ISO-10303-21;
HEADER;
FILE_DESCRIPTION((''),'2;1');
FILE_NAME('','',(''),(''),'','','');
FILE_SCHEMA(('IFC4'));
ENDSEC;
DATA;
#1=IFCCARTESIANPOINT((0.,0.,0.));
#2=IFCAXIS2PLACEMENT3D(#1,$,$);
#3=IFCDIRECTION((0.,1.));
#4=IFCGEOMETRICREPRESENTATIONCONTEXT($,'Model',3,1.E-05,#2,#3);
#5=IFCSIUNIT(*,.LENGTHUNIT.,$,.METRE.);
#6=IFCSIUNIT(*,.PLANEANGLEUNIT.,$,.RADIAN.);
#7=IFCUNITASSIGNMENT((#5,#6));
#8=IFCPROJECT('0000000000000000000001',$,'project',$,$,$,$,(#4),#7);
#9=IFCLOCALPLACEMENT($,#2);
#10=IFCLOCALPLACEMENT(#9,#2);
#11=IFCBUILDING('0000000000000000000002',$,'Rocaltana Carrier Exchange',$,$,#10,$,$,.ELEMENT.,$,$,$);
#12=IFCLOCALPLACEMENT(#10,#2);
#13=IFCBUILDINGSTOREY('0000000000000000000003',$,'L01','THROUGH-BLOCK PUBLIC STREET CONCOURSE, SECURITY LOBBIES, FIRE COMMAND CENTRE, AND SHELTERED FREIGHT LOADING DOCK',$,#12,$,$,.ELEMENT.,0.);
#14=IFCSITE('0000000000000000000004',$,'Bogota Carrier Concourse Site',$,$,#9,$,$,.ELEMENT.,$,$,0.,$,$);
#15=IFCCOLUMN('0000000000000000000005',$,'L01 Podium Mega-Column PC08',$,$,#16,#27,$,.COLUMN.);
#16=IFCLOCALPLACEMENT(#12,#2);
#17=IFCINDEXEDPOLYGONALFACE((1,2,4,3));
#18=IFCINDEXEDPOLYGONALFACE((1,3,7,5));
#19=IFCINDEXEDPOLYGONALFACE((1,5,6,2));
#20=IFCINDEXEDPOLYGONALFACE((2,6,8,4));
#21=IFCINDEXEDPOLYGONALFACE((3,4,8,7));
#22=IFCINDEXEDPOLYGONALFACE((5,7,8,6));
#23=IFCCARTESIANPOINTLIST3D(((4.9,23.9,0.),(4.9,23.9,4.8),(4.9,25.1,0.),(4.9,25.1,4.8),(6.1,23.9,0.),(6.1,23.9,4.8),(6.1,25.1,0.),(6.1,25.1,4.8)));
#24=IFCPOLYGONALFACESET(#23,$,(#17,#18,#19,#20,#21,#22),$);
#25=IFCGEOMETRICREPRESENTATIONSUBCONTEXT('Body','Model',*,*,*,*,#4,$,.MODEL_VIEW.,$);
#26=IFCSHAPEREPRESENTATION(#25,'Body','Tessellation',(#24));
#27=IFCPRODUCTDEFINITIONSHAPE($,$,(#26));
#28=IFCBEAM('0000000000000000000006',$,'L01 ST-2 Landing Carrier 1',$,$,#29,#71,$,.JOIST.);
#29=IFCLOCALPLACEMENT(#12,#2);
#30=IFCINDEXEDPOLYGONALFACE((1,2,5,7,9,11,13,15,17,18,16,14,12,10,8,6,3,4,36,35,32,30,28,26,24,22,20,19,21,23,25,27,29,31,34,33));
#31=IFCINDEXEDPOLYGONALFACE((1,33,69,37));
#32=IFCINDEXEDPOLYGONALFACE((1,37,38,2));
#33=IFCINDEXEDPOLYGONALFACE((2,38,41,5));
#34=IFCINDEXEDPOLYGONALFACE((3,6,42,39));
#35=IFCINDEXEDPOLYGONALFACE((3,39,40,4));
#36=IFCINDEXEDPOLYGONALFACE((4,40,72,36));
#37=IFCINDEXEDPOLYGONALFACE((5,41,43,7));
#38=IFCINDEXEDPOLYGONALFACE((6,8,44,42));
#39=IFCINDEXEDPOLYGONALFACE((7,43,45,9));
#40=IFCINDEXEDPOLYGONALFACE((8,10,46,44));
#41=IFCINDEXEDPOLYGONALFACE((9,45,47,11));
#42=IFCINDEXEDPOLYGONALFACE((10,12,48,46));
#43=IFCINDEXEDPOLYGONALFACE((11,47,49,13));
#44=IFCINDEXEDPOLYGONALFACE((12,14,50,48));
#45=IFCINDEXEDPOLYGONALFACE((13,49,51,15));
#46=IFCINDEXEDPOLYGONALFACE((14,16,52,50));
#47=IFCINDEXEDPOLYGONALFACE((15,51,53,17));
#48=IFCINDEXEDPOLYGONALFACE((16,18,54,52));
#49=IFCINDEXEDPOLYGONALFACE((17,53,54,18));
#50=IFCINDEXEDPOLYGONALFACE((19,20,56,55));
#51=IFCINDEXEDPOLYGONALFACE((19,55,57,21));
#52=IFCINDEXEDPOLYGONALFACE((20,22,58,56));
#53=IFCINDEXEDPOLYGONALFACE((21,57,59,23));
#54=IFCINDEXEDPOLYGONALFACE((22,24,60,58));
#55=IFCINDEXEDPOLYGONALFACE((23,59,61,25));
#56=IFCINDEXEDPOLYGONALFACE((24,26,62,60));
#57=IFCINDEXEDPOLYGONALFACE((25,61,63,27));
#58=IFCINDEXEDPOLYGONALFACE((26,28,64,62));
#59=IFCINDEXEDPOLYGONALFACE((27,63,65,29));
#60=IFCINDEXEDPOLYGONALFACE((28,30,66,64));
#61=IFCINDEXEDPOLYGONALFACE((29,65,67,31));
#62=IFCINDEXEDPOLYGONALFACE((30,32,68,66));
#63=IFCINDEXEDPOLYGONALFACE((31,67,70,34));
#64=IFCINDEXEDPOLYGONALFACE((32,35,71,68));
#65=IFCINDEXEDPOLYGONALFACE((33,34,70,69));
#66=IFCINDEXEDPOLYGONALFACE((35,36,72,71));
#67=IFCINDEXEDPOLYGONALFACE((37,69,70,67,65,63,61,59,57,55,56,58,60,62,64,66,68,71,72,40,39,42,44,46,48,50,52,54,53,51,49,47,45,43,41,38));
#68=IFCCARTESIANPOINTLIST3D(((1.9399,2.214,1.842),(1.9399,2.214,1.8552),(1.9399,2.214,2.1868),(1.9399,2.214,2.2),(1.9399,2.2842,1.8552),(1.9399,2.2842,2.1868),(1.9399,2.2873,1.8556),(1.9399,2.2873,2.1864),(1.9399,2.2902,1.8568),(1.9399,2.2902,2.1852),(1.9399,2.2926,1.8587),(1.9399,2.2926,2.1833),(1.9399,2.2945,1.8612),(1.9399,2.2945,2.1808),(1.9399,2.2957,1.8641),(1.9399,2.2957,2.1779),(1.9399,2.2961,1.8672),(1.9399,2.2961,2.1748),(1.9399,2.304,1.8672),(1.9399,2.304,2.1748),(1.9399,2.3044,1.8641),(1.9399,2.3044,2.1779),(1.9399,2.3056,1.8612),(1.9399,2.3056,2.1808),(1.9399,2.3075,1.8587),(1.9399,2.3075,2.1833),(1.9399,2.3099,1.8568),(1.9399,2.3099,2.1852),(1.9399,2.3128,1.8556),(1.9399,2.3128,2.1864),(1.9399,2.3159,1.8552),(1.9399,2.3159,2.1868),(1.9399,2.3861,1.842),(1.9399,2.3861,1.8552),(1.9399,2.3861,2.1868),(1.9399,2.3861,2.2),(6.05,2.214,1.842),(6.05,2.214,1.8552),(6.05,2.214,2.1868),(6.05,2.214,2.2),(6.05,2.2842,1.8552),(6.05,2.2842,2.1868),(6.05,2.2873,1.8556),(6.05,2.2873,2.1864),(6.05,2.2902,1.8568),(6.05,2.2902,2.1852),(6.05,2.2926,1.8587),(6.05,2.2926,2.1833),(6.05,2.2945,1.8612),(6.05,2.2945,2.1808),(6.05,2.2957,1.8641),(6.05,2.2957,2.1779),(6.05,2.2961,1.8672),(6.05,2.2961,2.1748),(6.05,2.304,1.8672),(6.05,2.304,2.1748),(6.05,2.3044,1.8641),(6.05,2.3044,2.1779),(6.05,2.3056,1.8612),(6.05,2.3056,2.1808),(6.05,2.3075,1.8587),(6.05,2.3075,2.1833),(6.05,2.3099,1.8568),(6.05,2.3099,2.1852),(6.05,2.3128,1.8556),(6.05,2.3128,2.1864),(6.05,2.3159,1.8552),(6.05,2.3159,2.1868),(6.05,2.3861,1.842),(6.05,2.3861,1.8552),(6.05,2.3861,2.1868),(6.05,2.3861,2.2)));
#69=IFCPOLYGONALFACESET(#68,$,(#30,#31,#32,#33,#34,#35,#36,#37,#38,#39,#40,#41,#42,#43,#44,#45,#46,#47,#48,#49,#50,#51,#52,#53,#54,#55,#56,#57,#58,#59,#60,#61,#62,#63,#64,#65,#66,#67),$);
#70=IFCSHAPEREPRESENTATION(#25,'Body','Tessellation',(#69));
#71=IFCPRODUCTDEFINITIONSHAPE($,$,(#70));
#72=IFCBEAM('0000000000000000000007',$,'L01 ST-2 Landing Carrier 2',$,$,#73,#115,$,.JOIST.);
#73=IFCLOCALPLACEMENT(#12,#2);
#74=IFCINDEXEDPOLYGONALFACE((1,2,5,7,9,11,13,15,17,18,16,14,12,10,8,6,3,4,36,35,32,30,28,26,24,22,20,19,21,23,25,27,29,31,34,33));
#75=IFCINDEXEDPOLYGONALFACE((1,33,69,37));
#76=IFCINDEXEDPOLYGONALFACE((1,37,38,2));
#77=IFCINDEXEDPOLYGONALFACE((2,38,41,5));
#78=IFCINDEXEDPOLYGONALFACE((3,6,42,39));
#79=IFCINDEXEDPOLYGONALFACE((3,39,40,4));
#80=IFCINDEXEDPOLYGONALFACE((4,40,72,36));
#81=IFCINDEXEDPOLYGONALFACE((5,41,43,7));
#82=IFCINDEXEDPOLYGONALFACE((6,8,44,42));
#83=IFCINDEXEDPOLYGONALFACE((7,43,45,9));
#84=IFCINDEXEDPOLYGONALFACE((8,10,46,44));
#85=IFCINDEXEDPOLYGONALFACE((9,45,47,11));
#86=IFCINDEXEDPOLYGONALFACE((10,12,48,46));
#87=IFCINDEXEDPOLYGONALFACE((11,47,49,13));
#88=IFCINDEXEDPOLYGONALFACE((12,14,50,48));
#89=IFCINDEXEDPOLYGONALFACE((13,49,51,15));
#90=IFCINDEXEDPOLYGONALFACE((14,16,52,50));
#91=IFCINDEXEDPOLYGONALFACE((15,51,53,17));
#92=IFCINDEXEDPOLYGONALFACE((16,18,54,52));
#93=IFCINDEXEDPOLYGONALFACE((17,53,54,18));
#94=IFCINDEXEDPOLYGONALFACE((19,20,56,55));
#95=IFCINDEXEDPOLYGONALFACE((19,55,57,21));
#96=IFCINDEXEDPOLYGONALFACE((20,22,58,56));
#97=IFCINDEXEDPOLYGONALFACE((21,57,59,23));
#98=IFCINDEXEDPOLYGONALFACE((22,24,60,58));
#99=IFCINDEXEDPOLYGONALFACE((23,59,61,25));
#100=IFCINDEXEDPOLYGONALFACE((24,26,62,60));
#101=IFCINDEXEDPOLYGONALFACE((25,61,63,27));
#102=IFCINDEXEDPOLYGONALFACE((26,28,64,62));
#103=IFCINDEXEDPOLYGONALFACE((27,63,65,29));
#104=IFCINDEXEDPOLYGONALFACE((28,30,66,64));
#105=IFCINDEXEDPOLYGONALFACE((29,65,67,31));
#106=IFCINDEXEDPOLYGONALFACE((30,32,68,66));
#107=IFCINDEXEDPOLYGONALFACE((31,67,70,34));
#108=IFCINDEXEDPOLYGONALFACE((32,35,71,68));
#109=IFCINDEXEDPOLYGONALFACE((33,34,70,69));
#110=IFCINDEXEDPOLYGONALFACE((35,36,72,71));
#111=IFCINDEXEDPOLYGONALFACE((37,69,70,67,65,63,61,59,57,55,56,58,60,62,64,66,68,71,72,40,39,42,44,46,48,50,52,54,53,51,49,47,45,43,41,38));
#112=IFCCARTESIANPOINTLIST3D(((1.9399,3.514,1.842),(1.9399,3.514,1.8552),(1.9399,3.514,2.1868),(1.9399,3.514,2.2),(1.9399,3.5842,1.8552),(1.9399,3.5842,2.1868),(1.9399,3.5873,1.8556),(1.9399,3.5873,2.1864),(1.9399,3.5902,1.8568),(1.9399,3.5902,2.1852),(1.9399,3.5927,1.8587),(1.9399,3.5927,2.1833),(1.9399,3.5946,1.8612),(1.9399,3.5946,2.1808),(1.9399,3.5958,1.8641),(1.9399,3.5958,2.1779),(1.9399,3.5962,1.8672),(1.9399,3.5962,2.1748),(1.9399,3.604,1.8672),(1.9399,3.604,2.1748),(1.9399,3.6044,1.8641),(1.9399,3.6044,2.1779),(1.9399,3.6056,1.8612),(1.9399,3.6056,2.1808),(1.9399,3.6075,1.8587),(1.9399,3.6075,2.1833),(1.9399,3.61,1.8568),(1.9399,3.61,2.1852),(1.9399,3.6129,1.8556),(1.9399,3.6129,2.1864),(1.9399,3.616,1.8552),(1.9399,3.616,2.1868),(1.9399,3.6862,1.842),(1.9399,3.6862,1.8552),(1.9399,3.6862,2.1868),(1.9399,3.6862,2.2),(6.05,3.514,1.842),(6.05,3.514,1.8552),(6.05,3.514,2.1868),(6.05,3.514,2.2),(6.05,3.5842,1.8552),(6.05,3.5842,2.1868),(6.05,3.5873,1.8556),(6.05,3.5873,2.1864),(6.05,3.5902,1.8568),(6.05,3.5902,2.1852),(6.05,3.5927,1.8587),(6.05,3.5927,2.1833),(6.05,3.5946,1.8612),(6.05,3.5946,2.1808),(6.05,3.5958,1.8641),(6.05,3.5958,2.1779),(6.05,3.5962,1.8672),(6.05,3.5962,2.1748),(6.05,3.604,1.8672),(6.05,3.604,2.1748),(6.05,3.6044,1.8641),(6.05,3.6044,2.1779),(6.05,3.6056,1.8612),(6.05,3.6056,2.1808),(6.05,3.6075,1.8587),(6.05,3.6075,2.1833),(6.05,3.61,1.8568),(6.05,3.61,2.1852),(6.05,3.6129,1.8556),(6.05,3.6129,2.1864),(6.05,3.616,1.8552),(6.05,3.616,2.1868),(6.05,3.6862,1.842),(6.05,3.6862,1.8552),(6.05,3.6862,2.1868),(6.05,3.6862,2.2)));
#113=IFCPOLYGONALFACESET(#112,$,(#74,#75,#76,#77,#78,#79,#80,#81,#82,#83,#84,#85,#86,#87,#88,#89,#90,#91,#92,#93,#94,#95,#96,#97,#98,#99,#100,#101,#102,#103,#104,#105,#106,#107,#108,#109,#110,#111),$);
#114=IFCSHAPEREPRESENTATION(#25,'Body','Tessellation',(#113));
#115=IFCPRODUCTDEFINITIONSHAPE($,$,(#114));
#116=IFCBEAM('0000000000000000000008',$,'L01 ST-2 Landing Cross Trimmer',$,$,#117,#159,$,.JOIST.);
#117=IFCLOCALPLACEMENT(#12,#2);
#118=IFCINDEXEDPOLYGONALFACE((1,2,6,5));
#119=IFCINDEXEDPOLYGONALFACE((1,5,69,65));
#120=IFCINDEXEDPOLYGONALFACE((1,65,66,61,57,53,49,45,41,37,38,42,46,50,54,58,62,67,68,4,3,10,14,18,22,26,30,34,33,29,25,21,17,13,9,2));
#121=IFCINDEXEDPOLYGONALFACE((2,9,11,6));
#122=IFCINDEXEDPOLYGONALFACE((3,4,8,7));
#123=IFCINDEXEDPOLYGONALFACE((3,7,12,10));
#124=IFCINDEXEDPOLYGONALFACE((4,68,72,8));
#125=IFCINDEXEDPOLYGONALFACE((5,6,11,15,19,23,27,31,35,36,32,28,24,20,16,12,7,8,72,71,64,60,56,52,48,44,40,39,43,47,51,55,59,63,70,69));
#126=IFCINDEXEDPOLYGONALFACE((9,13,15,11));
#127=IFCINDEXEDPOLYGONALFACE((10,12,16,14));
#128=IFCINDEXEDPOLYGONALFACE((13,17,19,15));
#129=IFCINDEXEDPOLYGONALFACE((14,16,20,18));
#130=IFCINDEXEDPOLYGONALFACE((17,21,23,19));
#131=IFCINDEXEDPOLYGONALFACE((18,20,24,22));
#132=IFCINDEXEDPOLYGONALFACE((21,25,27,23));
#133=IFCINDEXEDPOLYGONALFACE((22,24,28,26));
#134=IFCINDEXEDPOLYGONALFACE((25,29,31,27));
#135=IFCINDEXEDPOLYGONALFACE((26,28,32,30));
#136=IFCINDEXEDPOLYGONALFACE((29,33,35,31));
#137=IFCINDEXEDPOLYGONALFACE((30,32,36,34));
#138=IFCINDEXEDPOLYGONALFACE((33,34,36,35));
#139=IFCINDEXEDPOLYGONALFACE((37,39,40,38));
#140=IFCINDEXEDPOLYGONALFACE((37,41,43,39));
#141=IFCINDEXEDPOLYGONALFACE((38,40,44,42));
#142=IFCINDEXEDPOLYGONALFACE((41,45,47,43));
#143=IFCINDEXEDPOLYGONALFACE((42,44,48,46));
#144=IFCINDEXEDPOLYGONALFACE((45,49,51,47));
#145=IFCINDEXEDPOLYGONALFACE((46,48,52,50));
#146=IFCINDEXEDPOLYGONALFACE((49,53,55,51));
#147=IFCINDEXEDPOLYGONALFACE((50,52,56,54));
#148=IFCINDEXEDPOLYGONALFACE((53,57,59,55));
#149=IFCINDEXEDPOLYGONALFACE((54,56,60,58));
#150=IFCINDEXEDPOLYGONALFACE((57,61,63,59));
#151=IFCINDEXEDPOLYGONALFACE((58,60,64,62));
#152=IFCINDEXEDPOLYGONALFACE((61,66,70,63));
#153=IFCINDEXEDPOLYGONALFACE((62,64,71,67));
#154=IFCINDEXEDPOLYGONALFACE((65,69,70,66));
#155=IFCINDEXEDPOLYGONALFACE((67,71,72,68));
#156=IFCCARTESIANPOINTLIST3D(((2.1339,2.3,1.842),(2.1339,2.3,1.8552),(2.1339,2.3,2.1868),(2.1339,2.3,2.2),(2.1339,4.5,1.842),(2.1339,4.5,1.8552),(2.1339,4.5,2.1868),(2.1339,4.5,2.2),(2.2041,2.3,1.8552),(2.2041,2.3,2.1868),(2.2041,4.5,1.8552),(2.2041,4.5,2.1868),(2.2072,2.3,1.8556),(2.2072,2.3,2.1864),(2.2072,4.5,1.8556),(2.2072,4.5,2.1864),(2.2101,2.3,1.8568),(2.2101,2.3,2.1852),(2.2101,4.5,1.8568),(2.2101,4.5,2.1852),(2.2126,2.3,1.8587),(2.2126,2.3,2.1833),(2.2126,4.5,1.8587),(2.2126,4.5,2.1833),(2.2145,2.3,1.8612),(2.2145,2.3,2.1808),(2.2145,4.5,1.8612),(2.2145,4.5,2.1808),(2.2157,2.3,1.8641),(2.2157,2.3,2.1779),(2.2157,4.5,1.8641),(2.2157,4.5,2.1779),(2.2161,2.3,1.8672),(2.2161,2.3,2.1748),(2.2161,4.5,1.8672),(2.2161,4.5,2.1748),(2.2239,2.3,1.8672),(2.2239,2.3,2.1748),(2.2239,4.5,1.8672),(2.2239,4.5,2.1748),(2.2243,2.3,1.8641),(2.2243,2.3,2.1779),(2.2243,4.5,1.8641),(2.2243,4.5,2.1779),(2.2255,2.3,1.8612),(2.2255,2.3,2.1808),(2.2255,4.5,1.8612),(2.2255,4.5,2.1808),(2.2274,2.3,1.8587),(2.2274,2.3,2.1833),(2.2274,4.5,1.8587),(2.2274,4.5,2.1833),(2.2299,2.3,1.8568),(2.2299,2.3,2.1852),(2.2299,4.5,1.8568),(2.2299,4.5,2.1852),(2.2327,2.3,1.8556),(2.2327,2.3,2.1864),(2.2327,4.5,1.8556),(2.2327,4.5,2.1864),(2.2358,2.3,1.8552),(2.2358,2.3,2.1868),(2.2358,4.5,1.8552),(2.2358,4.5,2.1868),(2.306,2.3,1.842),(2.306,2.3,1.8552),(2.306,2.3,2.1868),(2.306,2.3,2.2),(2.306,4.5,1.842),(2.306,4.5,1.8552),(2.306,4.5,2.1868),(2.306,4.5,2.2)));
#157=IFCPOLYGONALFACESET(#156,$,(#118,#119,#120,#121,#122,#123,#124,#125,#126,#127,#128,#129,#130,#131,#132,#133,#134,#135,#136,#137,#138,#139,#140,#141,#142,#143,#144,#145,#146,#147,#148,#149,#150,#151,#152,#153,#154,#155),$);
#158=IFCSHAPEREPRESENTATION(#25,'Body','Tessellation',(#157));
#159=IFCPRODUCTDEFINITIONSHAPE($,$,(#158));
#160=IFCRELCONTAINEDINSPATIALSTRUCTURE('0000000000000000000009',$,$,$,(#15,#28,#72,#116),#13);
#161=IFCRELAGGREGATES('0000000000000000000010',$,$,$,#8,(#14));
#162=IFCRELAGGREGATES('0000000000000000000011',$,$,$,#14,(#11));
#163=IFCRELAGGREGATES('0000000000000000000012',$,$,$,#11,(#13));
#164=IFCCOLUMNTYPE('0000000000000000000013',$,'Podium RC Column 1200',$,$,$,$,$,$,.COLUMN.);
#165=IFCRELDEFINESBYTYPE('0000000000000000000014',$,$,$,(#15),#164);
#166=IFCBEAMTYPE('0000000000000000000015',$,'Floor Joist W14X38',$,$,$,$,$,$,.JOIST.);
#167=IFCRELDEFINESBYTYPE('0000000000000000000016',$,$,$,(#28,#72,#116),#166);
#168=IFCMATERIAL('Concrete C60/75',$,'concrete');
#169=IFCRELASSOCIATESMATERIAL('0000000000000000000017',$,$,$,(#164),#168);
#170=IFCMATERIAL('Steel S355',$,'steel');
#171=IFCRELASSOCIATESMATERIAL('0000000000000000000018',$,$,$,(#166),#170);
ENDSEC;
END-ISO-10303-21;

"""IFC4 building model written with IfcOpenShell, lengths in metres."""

from ifc_helpers import new_model, si_unit, direction, frame, origin, origin_2d, place, context, subcontext, project, spatial, rectangle, i_section, extrude, material, material_profile, profile_set, type_object, element, save


model = new_model("IFC4")

# Units and contexts
model_context = context("Model", 3, precision=1e-05, world=origin(), true_north=direction((0.0, 1.0)))
body_context = subcontext(model_context, "Body", "Model", "MODEL_VIEW")
ifc_project = project(units=[si_unit("LENGTHUNIT", "METRE"), si_unit("PLANEANGLEUNIT", "RADIAN")], contexts=[model_context])

# Site, building, storey
site_placement = place(None, origin())
site = spatial("IfcSite", under=ifc_project, at=site_placement, Name="Bogota Carrier Concourse Site", CompositionType="ELEMENT", RefElevation=0.0)
building_placement = place(site_placement, origin())
building = spatial("IfcBuilding", under=site, at=building_placement, Name="Rocaltana Carrier Exchange", CompositionType="ELEMENT")
storey_placement = place(building_placement, origin())
storey = spatial("IfcBuildingStorey", under=building, at=storey_placement, Name="L01", Description="THROUGH-BLOCK PUBLIC STREET CONCOURSE, SECURITY LOBBIES, FIRE COMMAND CENTRE, AND SHELTERED FREIGHT LOADING DOCK", CompositionType="ELEMENT", Elevation=0.0)

# Column
ifc_material_1 = material(Name="Concrete C60/75", Category="concrete")
ifc_material_profile_1 = material_profile(ifc_material_1, rectangle(XDim=1.2, YDim=1.2, at=origin_2d()), Name="RC-COL-1200X1200")
ifc_profile_set_1 = profile_set([ifc_material_profile_1], Name="Concrete C60/75")
column_type = type_object("IfcColumnType", Name="Podium RC Column 1200", PredefinedType="COLUMN", material=ifc_profile_set_1)
column_placement = place(storey_placement, frame((5.5, 24.5, 0.0), z_axis=(0.0, 0.0, 1.0), x_axis=(1.0, 0.0, 0.0)))
element("IfcColumn", 1, at=column_placement, inside=storey, type_object=column_type, Name="L01 Podium Mega-Column PC08", PredefinedType="COLUMN", context=body_context, shape_type="SweptSolid", body=[
    extrude(rectangle(XDim=1.2, YDim=1.2, at=origin_2d()), origin(), (0.0, 0.0, 1.0), 4.8),
])

# Beams
ifc_material_2 = material(Name="Steel S355", Category="steel")
ifc_material_profile_2 = material_profile(ifc_material_2, i_section(OverallWidth=0.1721, OverallDepth=0.3579, WebThickness=0.0078, FlangeThickness=0.0132, FilletRadius=0.012, at=origin_2d()), Name="W14X38")
ifc_profile_set_2 = profile_set([ifc_material_profile_2], Name="Steel S355")
beam_type_1 = type_object("IfcBeamType", Name="Floor Joist W14X38", PredefinedType="JOIST", material=ifc_profile_set_2)
for number, where, z_axis, x_axis, name in (
    (2, (1.9399, 2.3, 2.021), (1.0, 0.0, 0.0), (0.0, 1.0, 0.0), "L01 ST-2 Landing Carrier 1"),
    (3, (1.9399, 3.6001, 2.021), (1.0, 0.0, 0.0), (0.0, 1.0, 0.0), "L01 ST-2 Landing Carrier 2"),
):
    element("IfcBeam", number, at=place(storey_placement, frame(where, z_axis=z_axis, x_axis=x_axis)), inside=storey, type_object=beam_type_1, Name=name, PredefinedType="JOIST", context=body_context, shape_type="SweptSolid", body=[
        extrude(i_section(OverallWidth=0.1721, OverallDepth=0.3579, WebThickness=0.0078, FlangeThickness=0.0132, FilletRadius=0.012, at=origin_2d()), origin(), (0.0, 0.0, 1.0), 4.1101),
    ])
beam_1_placement = place(storey_placement, frame((2.22, 2.3, 2.021), z_axis=(0.0, 1.0, 0.0), x_axis=(-1.0, 0.0, 0.0)))
element("IfcBeam", 4, at=beam_1_placement, inside=storey, type_object=beam_type_1, Name="L01 ST-2 Landing Cross Trimmer", PredefinedType="JOIST", context=body_context, shape_type="SweptSolid", body=[
    extrude(i_section(OverallWidth=0.1721, OverallDepth=0.3579, WebThickness=0.0078, FlangeThickness=0.0132, FilletRadius=0.012, at=origin_2d()), origin(), (0.0, 0.0, 1.0), 2.2),
])

save(model, "model.ifc")
